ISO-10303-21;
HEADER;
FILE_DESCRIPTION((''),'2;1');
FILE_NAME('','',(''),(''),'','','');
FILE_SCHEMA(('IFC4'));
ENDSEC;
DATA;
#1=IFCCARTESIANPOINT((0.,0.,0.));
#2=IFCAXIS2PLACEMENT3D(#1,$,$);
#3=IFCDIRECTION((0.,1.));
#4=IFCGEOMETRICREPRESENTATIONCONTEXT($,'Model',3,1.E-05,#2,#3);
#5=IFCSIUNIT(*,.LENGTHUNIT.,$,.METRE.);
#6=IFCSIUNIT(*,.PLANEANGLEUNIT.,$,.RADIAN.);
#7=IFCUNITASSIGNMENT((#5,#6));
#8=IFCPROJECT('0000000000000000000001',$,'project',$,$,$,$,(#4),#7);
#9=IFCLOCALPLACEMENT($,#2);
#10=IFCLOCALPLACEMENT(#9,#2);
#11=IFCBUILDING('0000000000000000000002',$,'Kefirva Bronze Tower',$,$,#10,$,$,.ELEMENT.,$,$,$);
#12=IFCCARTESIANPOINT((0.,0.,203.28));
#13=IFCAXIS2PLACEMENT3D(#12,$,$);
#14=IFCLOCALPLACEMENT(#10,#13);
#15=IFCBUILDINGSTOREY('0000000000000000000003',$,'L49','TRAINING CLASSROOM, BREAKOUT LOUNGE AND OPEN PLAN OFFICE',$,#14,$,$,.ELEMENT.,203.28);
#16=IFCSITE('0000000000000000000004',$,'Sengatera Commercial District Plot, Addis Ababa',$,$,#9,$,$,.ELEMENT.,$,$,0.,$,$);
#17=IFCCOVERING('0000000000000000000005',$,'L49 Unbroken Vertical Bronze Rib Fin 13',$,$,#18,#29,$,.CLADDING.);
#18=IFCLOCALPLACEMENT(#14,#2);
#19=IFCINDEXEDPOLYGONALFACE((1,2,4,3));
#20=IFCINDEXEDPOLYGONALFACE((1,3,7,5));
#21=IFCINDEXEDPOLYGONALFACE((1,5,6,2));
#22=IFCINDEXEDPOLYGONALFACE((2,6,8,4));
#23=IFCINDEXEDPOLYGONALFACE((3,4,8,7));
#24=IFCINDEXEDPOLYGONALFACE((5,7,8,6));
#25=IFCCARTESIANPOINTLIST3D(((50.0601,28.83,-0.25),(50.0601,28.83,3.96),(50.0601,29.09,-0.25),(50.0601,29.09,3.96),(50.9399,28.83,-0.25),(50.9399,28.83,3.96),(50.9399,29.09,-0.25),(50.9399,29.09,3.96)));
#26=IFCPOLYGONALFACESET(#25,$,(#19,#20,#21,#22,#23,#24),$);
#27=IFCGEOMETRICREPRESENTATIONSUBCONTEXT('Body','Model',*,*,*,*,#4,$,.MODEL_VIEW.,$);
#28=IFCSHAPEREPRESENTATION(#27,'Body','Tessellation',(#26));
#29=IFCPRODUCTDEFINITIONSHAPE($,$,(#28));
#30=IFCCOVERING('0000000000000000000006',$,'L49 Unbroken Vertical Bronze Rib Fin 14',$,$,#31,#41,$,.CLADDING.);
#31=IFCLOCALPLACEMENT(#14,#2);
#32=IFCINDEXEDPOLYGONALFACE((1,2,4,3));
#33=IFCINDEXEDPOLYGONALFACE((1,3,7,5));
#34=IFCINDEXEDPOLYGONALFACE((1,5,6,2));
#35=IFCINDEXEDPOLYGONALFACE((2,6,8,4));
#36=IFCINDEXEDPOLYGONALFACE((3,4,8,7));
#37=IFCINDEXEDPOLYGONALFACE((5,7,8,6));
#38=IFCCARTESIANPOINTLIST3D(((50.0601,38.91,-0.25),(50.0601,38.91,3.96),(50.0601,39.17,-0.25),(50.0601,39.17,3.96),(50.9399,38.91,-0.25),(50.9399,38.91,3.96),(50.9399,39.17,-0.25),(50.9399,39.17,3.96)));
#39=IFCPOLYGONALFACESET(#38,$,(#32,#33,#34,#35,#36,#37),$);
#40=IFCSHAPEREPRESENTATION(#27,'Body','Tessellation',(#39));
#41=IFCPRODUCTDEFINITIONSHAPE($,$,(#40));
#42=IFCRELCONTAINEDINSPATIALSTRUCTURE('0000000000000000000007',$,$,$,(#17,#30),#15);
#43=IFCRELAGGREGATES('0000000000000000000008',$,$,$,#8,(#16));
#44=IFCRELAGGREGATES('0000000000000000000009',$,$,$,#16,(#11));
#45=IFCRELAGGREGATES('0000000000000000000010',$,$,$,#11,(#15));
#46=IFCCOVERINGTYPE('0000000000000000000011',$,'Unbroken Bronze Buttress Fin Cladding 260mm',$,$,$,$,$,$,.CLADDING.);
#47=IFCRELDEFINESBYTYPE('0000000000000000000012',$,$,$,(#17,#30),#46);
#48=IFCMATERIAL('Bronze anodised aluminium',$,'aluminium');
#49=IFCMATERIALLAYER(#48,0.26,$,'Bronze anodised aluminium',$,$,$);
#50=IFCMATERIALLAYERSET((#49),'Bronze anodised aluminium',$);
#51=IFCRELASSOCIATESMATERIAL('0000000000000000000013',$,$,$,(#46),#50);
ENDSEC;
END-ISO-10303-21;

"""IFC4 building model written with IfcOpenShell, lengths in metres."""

from ifc_helpers import new_model, si_unit, direction, frame, origin, origin_2d, place, context, subcontext, project, spatial, rectangle, extrude, material, layer, layer_set, type_object, element, save


model = new_model("IFC4")

# Units and contexts
model_context = context("Model", 3, precision=1e-05, world=origin(), true_north=direction((0.0, 1.0)))
body_context = subcontext(model_context, "Body", "Model", "MODEL_VIEW")
ifc_project = project(units=[si_unit("LENGTHUNIT", "METRE"), si_unit("PLANEANGLEUNIT", "RADIAN")], contexts=[model_context])

# Site, building, storey
site_placement = place(None, origin())
site = spatial("IfcSite", under=ifc_project, at=site_placement, Name="Sengatera Commercial District Plot, Addis Ababa", CompositionType="ELEMENT", RefElevation=0.0)
building_placement = place(site_placement, origin())
building = spatial("IfcBuilding", under=site, at=building_placement, Name="Kefirva Bronze Tower", CompositionType="ELEMENT")
storey_placement = place(building_placement, frame((0.0, 0.0, 203.28)))
storey = spatial("IfcBuildingStorey", under=building, at=storey_placement, Name="L49", Description="TRAINING CLASSROOM, BREAKOUT LOUNGE AND OPEN PLAN OFFICE", CompositionType="ELEMENT", Elevation=203.28)

# Shared definitions
ifc_material_1 = material(Name="Bronze anodised aluminium", Category="aluminium")

# Coverings
ifc_layer_1 = layer(ifc_material_1, 0.26, Name="Bronze anodised aluminium")
ifc_layer_set_1 = layer_set([ifc_layer_1], Name="Bronze anodised aluminium")
covering_type_1 = type_object("IfcCoveringType", Name="Unbroken Bronze Buttress Fin Cladding 260mm", PredefinedType="CLADDING", material=ifc_layer_set_1)
for number, where, z_axis, x_axis, name in (
    (1, (50.5, 28.96, -0.25), (0.0, 0.0, 1.0), (0.0, 1.0, 0.0), "L49 Unbroken Vertical Bronze Rib Fin 13"),
    (2, (50.5, 39.04, -0.25), (0.0, 0.0, 1.0), (0.0, 1.0, 0.0), "L49 Unbroken Vertical Bronze Rib Fin 14"),
):
    element("IfcCovering", number, at=place(storey_placement, frame(where, z_axis=z_axis, x_axis=x_axis)), inside=storey, type_object=covering_type_1, Name=name, PredefinedType="CLADDING", context=body_context, shape_type="SweptSolid", body=[
        extrude(rectangle(XDim=0.26, YDim=0.8799, at=origin_2d()), origin(), (0.0, 0.0, 1.0), 4.21),
    ])

save(model, "model.ifc")
